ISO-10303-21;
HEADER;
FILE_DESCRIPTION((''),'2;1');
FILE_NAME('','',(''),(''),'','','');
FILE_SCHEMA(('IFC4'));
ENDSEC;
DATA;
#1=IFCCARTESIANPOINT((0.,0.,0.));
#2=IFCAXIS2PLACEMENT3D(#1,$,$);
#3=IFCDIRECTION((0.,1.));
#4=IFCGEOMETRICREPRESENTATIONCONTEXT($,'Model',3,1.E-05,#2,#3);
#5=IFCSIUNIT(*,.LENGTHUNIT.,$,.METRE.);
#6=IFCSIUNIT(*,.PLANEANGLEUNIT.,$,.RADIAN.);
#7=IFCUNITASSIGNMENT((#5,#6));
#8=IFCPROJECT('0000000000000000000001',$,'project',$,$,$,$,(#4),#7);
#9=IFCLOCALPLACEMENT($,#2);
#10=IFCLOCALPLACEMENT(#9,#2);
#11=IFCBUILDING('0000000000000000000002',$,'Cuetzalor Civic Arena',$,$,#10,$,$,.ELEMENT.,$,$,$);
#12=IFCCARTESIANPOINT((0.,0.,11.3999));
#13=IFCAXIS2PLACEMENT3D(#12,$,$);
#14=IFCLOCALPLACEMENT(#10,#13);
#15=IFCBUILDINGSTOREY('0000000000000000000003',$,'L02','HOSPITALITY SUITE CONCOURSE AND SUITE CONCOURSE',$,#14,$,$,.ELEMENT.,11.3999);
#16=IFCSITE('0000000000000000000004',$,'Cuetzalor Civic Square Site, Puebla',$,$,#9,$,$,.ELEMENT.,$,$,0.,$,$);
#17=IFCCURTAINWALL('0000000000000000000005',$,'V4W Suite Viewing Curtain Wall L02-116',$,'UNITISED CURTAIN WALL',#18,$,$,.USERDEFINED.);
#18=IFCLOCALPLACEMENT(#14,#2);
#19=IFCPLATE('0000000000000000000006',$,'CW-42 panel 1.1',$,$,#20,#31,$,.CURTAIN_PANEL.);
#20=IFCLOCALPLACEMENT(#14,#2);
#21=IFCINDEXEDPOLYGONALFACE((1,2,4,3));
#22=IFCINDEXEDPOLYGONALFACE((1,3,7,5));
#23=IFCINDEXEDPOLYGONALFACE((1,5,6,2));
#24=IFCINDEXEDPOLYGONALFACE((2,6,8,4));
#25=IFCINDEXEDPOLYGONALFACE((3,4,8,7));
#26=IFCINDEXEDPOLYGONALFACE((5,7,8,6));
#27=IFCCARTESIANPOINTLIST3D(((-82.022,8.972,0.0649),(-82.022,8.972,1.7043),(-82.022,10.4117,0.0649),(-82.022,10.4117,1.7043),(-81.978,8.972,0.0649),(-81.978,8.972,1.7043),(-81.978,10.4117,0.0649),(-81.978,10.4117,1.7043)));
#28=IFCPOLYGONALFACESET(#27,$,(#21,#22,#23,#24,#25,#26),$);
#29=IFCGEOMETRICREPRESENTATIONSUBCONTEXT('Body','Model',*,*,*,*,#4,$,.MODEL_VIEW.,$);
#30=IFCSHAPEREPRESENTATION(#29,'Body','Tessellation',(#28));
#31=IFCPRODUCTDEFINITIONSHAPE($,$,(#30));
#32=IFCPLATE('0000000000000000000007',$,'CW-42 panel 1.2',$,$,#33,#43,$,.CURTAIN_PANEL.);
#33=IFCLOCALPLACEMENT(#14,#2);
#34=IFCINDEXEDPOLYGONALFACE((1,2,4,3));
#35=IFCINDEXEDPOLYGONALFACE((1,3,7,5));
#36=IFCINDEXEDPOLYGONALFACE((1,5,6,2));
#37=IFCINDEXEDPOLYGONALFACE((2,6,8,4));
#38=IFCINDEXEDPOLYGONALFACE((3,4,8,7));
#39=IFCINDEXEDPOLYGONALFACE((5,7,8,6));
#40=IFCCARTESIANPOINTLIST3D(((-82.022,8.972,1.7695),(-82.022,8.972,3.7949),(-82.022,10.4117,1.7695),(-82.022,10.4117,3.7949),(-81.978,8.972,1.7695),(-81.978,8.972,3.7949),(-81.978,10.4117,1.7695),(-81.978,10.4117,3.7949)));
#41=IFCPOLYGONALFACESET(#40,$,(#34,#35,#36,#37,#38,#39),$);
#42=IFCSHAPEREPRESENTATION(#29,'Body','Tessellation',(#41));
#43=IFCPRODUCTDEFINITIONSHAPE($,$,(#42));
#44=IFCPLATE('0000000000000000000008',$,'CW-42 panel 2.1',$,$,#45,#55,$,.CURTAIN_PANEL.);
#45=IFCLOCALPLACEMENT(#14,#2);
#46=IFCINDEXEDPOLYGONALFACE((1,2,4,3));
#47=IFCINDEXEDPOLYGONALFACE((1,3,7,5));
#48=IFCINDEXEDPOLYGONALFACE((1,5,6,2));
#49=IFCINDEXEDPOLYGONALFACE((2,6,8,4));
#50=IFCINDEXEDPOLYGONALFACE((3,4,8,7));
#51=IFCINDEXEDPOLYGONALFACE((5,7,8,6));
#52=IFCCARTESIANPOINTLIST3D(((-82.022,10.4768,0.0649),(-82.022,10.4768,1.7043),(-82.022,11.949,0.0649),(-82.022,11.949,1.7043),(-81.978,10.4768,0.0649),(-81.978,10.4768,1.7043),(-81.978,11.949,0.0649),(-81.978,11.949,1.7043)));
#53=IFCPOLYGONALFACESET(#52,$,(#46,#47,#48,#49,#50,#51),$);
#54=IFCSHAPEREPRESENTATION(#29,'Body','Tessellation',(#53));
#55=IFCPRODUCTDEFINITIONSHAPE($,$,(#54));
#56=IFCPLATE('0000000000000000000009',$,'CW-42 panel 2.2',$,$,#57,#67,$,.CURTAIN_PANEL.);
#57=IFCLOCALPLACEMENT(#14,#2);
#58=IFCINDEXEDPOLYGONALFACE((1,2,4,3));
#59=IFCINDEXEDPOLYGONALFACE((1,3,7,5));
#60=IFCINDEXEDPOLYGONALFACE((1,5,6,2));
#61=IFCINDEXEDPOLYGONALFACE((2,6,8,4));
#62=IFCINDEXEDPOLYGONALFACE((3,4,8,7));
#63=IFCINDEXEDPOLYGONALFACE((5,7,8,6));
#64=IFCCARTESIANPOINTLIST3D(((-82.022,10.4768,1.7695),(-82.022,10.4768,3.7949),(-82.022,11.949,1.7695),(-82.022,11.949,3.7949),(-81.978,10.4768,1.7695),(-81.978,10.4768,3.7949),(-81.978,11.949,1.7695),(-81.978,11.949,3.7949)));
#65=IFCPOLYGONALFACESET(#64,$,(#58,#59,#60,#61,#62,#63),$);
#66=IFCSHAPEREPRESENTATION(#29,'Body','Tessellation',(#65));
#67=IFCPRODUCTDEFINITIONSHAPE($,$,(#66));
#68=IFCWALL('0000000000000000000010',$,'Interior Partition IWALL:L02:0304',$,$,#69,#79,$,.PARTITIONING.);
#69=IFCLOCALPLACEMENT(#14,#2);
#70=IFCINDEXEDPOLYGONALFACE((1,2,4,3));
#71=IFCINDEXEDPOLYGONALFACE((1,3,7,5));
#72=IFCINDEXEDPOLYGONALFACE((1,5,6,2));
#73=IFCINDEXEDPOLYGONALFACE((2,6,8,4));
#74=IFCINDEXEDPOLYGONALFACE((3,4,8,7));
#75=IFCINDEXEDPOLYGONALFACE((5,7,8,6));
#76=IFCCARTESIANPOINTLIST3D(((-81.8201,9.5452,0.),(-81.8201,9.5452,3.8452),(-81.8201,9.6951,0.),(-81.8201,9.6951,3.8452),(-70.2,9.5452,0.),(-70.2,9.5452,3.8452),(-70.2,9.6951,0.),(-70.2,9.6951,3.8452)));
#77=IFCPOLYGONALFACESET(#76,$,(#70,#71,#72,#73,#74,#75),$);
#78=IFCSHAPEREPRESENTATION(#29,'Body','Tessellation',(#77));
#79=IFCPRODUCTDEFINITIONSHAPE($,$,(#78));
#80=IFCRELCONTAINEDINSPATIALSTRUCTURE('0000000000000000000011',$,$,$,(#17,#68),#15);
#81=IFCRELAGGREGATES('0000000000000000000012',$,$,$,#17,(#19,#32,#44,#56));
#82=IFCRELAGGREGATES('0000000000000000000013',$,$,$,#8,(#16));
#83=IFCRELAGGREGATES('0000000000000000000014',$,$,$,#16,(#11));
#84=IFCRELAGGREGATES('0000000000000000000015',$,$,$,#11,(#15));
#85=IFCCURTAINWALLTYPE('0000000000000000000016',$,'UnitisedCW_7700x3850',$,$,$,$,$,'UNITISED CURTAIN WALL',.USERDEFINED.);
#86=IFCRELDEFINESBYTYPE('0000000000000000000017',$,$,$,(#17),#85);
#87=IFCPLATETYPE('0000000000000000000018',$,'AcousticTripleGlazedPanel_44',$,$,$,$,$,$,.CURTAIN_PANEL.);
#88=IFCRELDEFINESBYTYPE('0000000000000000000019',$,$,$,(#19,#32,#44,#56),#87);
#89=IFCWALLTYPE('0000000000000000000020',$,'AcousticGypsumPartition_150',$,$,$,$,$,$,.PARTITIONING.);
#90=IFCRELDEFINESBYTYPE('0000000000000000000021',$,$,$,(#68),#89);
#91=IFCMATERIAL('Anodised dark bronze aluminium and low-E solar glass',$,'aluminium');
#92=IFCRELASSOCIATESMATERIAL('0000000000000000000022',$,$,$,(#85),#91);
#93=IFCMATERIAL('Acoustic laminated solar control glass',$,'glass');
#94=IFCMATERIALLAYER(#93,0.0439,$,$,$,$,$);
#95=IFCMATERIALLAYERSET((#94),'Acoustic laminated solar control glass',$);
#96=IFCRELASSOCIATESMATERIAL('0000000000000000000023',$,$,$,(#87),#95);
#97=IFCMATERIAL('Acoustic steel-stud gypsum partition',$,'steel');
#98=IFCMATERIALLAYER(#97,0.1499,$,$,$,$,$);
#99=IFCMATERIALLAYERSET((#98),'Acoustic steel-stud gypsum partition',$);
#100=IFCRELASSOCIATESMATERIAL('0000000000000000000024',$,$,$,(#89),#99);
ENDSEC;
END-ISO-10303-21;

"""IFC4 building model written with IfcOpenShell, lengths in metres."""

from ifc_helpers import new_model, si_unit, direction, frame, frame_2d, origin, origin_2d, place, context, subcontext, project, spatial, rectangle, extrude, material, layer, layer_set, type_object, element, aggregate, save


model = new_model("IFC4")

# Units and contexts
model_context = context("Model", 3, precision=1e-05, world=origin(), true_north=direction((0.0, 1.0)))
body_context = subcontext(model_context, "Body", "Model", "MODEL_VIEW")
ifc_project = project(units=[si_unit("LENGTHUNIT", "METRE"), si_unit("PLANEANGLEUNIT", "RADIAN")], contexts=[model_context])

# Site, building, storey
site_placement = place(None, origin())
site = spatial("IfcSite", under=ifc_project, at=site_placement, Name="Cuetzalor Civic Square Site, Puebla", CompositionType="ELEMENT", RefElevation=0.0)
building_placement = place(site_placement, origin())
building = spatial("IfcBuilding", under=site, at=building_placement, Name="Cuetzalor Civic Arena", CompositionType="ELEMENT")
storey_placement = place(building_placement, frame((0.0, 0.0, 11.3999)))
storey = spatial("IfcBuildingStorey", under=building, at=storey_placement, Name="L02", Description="HOSPITALITY SUITE CONCOURSE AND SUITE CONCOURSE", CompositionType="ELEMENT", Elevation=11.3999)

# Curtain wall, plates
ifc_material_1 = material(Name="Anodised dark bronze aluminium and low-E solar glass", Category="aluminium")
curtain_wall_type = type_object("IfcCurtainWallType", Name="UnitisedCW_7700x3850", ElementType="UNITISED CURTAIN WALL", PredefinedType="USERDEFINED", material=ifc_material_1)
curtain_wall_placement = place(storey_placement, origin())
curtain_wall = element("IfcCurtainWall", 1, at=curtain_wall_placement, inside=storey, type_object=curtain_wall_type, Name="V4W Suite Viewing Curtain Wall L02-116", ObjectType="UNITISED CURTAIN WALL", PredefinedType="USERDEFINED")
ifc_material_2 = material(Name="Acoustic laminated solar control glass", Category="glass")
ifc_layer_1 = layer(ifc_material_2, 0.0439)
ifc_layer_set_1 = layer_set([ifc_layer_1], Name="Acoustic laminated solar control glass")
plate_type = type_object("IfcPlateType", Name="AcousticTripleGlazedPanel_44", PredefinedType="CURTAIN_PANEL", material=ifc_layer_set_1)
plate_1_placement = place(storey_placement, frame((-82.0, 9.6919, 0.0649), z_axis=(0.0, 0.0, 1.0), x_axis=(0.0, 1.0, 0.0)))
plate_1 = element("IfcPlate", 2, at=plate_1_placement, type_object=plate_type, Name="CW-42 panel 1.1", PredefinedType="CURTAIN_PANEL", context=body_context, shape_type="SweptSolid", body=[
    extrude(rectangle(XDim=1.4397, YDim=0.0439, at=origin_2d()), origin(), (0.0, 0.0, 1.0), 1.6394),
])
plate_2_placement = place(storey_placement, frame((-82.0, 9.6919, 1.7695), z_axis=(0.0, 0.0, 1.0), x_axis=(0.0, 1.0, 0.0)))
plate_2 = element("IfcPlate", 3, at=plate_2_placement, type_object=plate_type, Name="CW-42 panel 1.2", PredefinedType="CURTAIN_PANEL", context=body_context, shape_type="SweptSolid", body=[
    extrude(rectangle(XDim=1.4397, YDim=0.0439, at=origin_2d()), origin(), (0.0, 0.0, 1.0), 2.0254),
])
plate_3_placement = place(storey_placement, frame((-82.0, 11.2129, 0.0649), z_axis=(0.0, 0.0, 1.0), x_axis=(0.0, 1.0, 0.0)))
plate_3 = element("IfcPlate", 4, at=plate_3_placement, type_object=plate_type, Name="CW-42 panel 2.1", PredefinedType="CURTAIN_PANEL", context=body_context, shape_type="SweptSolid", body=[
    extrude(rectangle(XDim=1.4722, YDim=0.0439, at=origin_2d()), origin(), (0.0, 0.0, 1.0), 1.6394),
])
plate_4_placement = place(storey_placement, frame((-82.0, 11.2129, 1.7695), z_axis=(0.0, 0.0, 1.0), x_axis=(0.0, 1.0, 0.0)))
plate_4 = element("IfcPlate", 5, at=plate_4_placement, type_object=plate_type, Name="CW-42 panel 2.2", PredefinedType="CURTAIN_PANEL", context=body_context, shape_type="SweptSolid", body=[
    extrude(rectangle(XDim=1.4722, YDim=0.0439, at=origin_2d()), origin(), (0.0, 0.0, 1.0), 2.0254),
])
aggregate(curtain_wall, [plate_1, plate_2, plate_3, plate_4])

# Shared definitions
ifc_material_3 = material(Name="Acoustic steel-stud gypsum partition", Category="steel")
ifc_layer_2 = layer(ifc_material_3, 0.1499)
ifc_layer_set_2 = layer_set([ifc_layer_2], Name="Acoustic steel-stud gypsum partition")
wall_type = type_object("IfcWallType", Name="AcousticGypsumPartition_150", PredefinedType="PARTITIONING", material=ifc_layer_set_2)

# Wall
wall_1_placement = place(storey_placement, frame((-81.8201, 9.6201, 0.0), z_axis=(0.0, 0.0, 1.0), x_axis=(1.0, 0.0, 0.0)))
element("IfcWall", 6, at=wall_1_placement, inside=storey, type_object=wall_type, Name="Interior Partition IWALL:L02:0304", PredefinedType="PARTITIONING", context=body_context, shape_type="SweptSolid", body=[
    extrude(rectangle(XDim=11.6201, YDim=0.1499, at=frame_2d((5.8101, 0.0))), origin(), (0.0, 0.0, 1.0), 3.8452),
])

save(model, "model.ifc")
